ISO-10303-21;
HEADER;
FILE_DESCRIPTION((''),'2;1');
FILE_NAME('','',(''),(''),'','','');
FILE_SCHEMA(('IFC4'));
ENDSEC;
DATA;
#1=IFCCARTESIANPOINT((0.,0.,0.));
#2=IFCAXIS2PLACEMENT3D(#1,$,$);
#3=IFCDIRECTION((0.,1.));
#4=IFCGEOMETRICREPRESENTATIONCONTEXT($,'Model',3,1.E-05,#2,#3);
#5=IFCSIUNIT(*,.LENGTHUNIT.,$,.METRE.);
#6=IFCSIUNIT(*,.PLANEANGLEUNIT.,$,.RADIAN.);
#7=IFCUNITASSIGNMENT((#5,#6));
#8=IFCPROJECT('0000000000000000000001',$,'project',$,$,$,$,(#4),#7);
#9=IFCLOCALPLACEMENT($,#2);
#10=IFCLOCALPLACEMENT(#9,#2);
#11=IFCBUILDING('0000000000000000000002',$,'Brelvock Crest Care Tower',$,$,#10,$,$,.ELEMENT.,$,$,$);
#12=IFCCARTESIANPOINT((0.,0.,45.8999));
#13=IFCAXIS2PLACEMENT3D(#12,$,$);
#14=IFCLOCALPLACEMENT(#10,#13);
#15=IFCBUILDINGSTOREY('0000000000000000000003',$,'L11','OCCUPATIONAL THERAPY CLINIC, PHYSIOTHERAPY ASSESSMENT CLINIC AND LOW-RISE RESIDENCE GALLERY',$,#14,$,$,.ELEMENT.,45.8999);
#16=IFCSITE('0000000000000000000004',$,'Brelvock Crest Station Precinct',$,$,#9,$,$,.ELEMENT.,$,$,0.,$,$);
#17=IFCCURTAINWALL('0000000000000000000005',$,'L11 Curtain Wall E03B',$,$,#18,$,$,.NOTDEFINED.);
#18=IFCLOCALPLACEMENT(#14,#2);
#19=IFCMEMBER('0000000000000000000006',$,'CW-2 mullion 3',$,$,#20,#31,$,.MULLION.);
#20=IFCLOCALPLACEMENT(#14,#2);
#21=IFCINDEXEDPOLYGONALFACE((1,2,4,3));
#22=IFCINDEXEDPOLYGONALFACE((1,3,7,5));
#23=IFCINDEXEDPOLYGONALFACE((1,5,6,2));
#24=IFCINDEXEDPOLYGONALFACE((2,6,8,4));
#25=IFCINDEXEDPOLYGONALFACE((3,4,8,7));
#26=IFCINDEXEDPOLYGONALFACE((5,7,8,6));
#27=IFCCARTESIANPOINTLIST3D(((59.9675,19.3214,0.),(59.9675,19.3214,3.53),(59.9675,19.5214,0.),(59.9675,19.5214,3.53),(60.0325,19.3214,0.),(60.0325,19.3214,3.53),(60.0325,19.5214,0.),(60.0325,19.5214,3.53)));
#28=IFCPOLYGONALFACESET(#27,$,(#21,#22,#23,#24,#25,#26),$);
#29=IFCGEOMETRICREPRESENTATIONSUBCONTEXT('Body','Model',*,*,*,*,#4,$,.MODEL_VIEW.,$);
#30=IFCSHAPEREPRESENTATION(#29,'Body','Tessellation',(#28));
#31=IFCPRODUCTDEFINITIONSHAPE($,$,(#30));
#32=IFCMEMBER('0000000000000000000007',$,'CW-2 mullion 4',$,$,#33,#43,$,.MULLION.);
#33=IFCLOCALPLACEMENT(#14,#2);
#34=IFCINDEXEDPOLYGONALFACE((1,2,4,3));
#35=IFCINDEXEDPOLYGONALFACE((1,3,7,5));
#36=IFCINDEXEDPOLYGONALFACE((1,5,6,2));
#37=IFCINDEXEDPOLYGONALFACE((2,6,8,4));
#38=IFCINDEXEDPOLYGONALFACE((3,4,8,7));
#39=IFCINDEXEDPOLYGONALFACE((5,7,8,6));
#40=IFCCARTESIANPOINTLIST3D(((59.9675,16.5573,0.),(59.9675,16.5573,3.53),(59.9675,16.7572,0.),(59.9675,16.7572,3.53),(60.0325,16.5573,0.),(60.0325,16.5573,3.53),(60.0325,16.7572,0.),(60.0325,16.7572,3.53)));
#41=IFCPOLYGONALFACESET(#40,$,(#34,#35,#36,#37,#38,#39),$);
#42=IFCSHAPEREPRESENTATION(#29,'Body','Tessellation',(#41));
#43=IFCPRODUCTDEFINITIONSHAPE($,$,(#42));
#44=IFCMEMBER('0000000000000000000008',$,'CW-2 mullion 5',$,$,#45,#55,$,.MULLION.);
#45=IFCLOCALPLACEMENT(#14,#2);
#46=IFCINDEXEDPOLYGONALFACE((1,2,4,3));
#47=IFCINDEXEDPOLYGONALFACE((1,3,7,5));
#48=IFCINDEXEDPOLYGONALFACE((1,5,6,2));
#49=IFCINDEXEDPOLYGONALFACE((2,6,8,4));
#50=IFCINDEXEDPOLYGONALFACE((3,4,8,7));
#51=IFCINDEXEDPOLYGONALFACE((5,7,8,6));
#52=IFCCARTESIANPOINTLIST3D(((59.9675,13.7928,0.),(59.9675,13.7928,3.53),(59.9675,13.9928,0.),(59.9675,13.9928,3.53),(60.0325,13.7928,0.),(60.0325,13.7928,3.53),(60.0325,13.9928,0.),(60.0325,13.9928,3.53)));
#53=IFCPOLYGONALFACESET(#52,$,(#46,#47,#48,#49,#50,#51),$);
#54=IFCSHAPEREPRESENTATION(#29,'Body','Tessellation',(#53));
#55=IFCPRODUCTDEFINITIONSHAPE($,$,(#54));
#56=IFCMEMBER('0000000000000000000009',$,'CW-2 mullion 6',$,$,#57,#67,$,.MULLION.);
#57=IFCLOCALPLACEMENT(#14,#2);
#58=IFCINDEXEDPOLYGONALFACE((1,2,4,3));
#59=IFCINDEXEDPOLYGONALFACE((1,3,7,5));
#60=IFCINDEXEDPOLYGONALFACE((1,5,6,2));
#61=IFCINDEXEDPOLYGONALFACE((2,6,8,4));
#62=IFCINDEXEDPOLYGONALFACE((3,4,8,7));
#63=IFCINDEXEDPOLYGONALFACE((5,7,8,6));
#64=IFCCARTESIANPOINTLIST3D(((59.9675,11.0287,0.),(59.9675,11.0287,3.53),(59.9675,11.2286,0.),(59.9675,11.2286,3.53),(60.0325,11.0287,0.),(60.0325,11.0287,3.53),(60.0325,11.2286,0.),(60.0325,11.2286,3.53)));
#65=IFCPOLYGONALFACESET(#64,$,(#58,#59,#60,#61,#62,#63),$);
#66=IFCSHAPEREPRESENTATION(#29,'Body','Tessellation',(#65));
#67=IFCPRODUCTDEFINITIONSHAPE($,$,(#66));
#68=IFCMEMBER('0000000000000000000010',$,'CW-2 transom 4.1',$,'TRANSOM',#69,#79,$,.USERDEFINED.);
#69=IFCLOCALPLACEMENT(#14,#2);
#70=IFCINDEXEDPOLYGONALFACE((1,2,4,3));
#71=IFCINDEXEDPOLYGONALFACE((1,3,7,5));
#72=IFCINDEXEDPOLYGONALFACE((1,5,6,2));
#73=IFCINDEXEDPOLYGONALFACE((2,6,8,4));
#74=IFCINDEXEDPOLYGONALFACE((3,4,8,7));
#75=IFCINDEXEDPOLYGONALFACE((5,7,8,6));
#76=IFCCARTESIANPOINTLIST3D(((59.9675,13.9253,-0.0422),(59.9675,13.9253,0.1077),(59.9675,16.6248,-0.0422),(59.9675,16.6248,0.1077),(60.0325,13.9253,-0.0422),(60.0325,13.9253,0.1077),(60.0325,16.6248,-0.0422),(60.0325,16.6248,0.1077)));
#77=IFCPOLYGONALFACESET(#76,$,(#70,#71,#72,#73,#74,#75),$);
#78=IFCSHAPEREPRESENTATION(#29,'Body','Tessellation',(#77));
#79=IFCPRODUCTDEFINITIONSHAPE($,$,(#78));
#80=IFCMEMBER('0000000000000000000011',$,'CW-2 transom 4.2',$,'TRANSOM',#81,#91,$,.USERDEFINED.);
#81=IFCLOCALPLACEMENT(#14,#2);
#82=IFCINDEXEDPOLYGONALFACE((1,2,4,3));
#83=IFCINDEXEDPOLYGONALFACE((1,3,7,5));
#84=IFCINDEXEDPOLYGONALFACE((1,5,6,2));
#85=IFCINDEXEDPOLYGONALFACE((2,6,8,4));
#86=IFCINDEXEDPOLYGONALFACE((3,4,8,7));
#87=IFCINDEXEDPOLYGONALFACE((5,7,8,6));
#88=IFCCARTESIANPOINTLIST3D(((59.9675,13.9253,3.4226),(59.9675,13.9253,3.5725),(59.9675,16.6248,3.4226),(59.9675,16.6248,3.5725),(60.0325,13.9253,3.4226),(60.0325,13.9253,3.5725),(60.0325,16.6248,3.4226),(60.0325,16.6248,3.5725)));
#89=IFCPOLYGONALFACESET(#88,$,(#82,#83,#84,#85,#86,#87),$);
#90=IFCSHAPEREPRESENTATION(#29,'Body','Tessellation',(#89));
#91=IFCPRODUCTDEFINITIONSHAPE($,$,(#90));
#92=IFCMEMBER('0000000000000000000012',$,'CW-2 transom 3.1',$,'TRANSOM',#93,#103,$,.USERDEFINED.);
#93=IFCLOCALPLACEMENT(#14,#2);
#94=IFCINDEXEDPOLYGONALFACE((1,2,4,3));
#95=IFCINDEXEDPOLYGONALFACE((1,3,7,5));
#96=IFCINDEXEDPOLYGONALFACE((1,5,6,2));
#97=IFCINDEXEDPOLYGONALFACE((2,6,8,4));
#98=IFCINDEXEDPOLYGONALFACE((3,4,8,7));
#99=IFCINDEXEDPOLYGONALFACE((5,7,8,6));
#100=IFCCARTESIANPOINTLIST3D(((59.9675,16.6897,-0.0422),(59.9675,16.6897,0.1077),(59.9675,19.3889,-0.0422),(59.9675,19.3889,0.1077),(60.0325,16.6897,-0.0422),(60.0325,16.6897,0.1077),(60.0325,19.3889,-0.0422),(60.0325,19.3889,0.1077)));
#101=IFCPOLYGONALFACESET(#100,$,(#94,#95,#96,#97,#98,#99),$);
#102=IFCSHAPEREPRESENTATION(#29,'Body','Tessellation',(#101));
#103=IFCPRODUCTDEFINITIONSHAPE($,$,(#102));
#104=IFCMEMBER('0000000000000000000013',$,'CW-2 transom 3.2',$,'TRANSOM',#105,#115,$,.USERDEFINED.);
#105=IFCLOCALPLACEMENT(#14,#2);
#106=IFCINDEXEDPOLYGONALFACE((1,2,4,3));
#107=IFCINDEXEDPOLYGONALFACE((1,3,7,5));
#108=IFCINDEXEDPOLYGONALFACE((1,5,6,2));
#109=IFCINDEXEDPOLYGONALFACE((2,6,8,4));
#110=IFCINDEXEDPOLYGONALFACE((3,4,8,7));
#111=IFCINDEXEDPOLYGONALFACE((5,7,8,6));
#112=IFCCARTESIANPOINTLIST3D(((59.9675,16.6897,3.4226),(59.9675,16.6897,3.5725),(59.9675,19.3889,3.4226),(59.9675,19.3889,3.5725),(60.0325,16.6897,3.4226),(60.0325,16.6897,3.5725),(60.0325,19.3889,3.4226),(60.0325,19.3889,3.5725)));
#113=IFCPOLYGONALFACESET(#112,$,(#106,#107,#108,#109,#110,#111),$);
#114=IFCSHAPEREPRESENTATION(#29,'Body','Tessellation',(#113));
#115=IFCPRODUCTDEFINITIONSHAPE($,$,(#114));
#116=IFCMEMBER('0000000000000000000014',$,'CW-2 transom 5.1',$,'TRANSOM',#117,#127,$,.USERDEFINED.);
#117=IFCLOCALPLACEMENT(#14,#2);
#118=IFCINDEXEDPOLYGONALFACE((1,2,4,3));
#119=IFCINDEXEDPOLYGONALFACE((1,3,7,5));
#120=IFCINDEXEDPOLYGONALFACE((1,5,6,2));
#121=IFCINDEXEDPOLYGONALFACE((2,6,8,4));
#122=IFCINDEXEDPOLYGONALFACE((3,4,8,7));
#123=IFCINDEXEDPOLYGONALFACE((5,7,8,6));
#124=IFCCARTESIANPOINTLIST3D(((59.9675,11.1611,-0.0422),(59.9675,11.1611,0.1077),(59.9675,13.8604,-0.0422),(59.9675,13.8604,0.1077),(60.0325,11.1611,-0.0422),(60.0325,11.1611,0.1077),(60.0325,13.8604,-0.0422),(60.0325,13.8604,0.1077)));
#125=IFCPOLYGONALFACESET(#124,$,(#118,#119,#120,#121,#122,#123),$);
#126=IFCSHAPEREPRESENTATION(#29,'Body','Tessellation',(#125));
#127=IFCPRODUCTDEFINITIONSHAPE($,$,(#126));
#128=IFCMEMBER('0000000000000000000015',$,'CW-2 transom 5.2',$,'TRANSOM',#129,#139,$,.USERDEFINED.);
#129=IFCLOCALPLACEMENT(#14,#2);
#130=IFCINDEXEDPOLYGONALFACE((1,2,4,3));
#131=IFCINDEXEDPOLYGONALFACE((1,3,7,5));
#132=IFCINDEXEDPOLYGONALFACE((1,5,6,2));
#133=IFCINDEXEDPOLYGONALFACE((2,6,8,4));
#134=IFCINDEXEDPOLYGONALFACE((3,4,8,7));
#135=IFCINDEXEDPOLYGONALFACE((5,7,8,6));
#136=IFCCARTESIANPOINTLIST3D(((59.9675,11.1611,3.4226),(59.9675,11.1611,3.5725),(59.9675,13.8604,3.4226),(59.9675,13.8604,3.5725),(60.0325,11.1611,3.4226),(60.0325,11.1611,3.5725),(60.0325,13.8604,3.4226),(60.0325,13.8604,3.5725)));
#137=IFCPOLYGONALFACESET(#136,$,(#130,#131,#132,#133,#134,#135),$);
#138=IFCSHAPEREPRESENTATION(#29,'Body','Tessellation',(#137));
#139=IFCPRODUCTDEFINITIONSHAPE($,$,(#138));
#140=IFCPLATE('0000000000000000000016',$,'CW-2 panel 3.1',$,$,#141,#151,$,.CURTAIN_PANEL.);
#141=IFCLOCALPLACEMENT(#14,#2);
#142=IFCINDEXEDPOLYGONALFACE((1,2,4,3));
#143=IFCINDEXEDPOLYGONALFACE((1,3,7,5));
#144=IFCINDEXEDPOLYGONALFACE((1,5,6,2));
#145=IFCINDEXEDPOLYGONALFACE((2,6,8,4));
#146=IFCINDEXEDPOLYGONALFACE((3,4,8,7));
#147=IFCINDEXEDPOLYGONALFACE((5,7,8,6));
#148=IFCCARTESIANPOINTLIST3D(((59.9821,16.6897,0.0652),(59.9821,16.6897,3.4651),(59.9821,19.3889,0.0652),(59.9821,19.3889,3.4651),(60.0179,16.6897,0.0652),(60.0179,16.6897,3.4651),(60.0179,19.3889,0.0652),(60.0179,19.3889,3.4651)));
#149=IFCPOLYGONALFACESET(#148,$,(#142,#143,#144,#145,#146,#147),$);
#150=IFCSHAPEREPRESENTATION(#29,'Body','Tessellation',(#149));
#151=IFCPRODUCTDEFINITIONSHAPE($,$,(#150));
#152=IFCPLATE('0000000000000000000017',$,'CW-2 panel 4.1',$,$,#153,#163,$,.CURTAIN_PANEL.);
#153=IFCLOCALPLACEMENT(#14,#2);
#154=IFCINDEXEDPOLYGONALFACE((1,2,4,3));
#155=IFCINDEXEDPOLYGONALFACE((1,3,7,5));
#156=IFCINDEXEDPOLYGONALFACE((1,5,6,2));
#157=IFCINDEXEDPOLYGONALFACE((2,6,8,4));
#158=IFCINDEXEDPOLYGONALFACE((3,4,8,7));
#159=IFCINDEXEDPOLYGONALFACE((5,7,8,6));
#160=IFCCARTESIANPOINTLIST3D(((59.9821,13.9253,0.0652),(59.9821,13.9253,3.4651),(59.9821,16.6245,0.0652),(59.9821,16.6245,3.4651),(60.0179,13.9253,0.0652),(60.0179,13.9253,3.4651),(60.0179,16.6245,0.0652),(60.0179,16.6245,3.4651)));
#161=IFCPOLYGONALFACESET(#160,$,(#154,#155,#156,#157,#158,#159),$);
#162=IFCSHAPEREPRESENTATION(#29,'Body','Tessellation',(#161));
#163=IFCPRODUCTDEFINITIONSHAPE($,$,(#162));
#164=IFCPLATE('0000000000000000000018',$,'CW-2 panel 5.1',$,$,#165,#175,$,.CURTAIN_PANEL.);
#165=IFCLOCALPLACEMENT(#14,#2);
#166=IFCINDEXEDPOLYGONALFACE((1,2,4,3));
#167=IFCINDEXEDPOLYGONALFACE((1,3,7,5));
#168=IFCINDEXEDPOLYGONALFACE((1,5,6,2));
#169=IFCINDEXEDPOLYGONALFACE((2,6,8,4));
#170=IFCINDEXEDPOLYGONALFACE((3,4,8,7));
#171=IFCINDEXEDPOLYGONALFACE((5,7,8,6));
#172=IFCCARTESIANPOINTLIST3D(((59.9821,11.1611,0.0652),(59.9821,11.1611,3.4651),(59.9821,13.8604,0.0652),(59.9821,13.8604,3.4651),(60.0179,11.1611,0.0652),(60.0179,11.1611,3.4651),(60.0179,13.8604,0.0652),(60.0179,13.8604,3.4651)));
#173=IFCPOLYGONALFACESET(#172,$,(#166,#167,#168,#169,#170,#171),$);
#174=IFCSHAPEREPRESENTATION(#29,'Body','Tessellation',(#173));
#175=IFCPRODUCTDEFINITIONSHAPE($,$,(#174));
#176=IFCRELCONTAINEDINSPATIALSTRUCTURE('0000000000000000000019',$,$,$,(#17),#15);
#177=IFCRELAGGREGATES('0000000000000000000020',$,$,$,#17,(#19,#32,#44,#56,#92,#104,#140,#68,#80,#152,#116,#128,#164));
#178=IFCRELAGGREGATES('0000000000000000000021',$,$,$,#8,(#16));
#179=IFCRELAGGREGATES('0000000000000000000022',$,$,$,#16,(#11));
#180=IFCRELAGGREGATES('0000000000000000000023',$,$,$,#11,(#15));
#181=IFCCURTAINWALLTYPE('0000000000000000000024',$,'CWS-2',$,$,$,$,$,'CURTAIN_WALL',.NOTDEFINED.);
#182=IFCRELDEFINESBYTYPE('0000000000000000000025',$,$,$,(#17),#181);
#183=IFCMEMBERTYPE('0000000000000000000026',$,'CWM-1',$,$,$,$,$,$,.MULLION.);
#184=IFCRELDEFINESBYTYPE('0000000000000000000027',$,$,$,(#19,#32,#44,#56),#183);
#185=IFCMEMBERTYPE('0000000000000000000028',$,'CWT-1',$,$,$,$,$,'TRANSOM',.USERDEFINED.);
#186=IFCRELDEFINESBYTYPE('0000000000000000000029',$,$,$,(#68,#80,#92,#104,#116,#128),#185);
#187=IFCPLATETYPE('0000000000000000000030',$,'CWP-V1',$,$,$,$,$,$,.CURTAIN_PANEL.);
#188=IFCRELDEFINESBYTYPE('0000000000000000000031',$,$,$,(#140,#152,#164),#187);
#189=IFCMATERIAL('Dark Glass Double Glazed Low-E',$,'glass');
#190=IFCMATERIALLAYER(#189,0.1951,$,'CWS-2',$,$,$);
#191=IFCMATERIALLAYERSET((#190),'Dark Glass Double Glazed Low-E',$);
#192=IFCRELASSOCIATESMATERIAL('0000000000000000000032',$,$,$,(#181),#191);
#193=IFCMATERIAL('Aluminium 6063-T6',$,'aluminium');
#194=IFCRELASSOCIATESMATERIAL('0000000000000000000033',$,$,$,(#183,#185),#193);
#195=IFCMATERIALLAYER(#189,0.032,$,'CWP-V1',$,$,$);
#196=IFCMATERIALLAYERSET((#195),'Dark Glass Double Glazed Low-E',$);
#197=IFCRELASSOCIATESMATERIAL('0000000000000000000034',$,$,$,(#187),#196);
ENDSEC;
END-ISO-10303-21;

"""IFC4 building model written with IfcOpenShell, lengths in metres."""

from ifc_helpers import new_model, si_unit, direction, frame, origin, origin_2d, place, context, subcontext, project, spatial, rectangle, extrude, source, transform, mapped, material, layer, layer_set, material_profile, profile_set, type_object, element, aggregate, save


model = new_model("IFC4")

# Units and contexts
model_context = context("Model", 3, precision=1e-05, world=origin(), true_north=direction((0.0, 1.0)))
body_context = subcontext(model_context, "Body", "Model", "MODEL_VIEW")
ifc_project = project(units=[si_unit("LENGTHUNIT", "METRE"), si_unit("PLANEANGLEUNIT", "RADIAN")], contexts=[model_context])

# Site, building, storey
site_placement = place(None, origin())
site = spatial("IfcSite", under=ifc_project, at=site_placement, Name="Brelvock Crest Station Precinct", CompositionType="ELEMENT", RefElevation=0.0)
building_placement = place(site_placement, origin())
building = spatial("IfcBuilding", under=site, at=building_placement, Name="Brelvock Crest Care Tower", CompositionType="ELEMENT")
storey_placement = place(building_placement, frame((0.0, 0.0, 45.8999)))
storey = spatial("IfcBuildingStorey", under=building, at=storey_placement, Name="L11", Description="OCCUPATIONAL THERAPY CLINIC, PHYSIOTHERAPY ASSESSMENT CLINIC AND LOW-RISE RESIDENCE GALLERY", CompositionType="ELEMENT", Elevation=45.8999)

# Curtain wall, members, plates
ifc_material_1 = material(Name="Dark Glass Double Glazed Low-E", Category="glass")
ifc_layer_1 = layer(ifc_material_1, 0.1951, Name="CWS-2")
ifc_layer_set_1 = layer_set([ifc_layer_1], Name="Dark Glass Double Glazed Low-E")
curtain_wall_type = type_object("IfcCurtainWallType", Name="CWS-2", ElementType="CURTAIN_WALL", PredefinedType="NOTDEFINED", material=ifc_layer_set_1)
curtain_wall_placement = place(storey_placement, origin())
curtain_wall = element("IfcCurtainWall", 1, at=curtain_wall_placement, inside=storey, type_object=curtain_wall_type, Name="L11 Curtain Wall E03B", PredefinedType="NOTDEFINED")
ifc_material_2 = material(Name="Aluminium 6063-T6", Category="aluminium")
ifc_material_profile_1 = material_profile(ifc_material_2, rectangle(XDim=0.0649, YDim=0.2, at=origin_2d()), Name="ALU65x200")
ifc_profile_set_1 = profile_set([ifc_material_profile_1], Name="Aluminium 6063-T6")
member_type_1 = type_object("IfcMemberType", Name="CWM-1", PredefinedType="MULLION", material=ifc_profile_set_1)
shared_shape_1 = source(origin(), body_context, "Body", "SweptSolid", [
    extrude(rectangle(XDim=0.0649, YDim=0.2, at=origin_2d()), origin(), (0.0, 0.0, 1.0), 3.53),
])
member_1_placement = place(storey_placement, frame((60.0, 19.4214, 0.0), z_axis=(0.0, 0.0, 1.0), x_axis=(1.0, 0.0, 0.0)))
member_1 = element("IfcMember", 2, at=member_1_placement, type_object=member_type_1, Name="CW-2 mullion 3", PredefinedType="MULLION", context=body_context, shape_type="MappedRepresentation", body=[
    mapped(shared_shape_1, transform((0.0, 0.0, 0.0), x_axis=(1.0, 0.0, 0.0), y_axis=(0.0, 1.0, 0.0), z_axis=(0.0, 0.0, 1.0), scale=1.0)),
])
member_2_placement = place(storey_placement, frame((60.0, 16.6572, 0.0), z_axis=(0.0, 0.0, 1.0), x_axis=(1.0, 0.0, 0.0)))
member_2 = element("IfcMember", 3, at=member_2_placement, type_object=member_type_1, Name="CW-2 mullion 4", PredefinedType="MULLION", context=body_context, shape_type="MappedRepresentation", body=[
    mapped(shared_shape_1, transform((0.0, 0.0, 0.0), x_axis=(1.0, 0.0, 0.0), y_axis=(0.0, 1.0, 0.0), z_axis=(0.0, 0.0, 1.0), scale=1.0)),
])
member_3_placement = place(storey_placement, frame((60.0, 13.8928, 0.0), z_axis=(0.0, 0.0, 1.0), x_axis=(1.0, 0.0, 0.0)))
member_3 = element("IfcMember", 4, at=member_3_placement, type_object=member_type_1, Name="CW-2 mullion 5", PredefinedType="MULLION", context=body_context, shape_type="MappedRepresentation", body=[
    mapped(shared_shape_1, transform((0.0, 0.0, 0.0), x_axis=(1.0, 0.0, 0.0), y_axis=(0.0, 1.0, 0.0), z_axis=(0.0, 0.0, 1.0), scale=1.0)),
])
member_4_placement = place(storey_placement, frame((60.0, 11.1287, 0.0), z_axis=(0.0, 0.0, 1.0), x_axis=(1.0, 0.0, 0.0)))
member_4 = element("IfcMember", 5, at=member_4_placement, type_object=member_type_1, Name="CW-2 mullion 6", PredefinedType="MULLION", context=body_context, shape_type="MappedRepresentation", body=[
    mapped(shared_shape_1, transform((0.0, 0.0, 0.0), x_axis=(1.0, 0.0, 0.0), y_axis=(0.0, 1.0, 0.0), z_axis=(0.0, 0.0, 1.0), scale=1.0)),
])
ifc_material_profile_2 = material_profile(ifc_material_2, rectangle(XDim=0.0649, YDim=0.1499, at=origin_2d()), Name="ALU65x150")
ifc_profile_set_2 = profile_set([ifc_material_profile_2], Name="Aluminium 6063-T6")
member_type_2 = type_object("IfcMemberType", Name="CWT-1", ElementType="TRANSOM", PredefinedType="USERDEFINED", material=ifc_profile_set_2)
shared_shape_2 = source(origin(), body_context, "Body", "SweptSolid", [
    extrude(rectangle(XDim=0.0649, YDim=0.1499, at=origin_2d()), origin(), (0.0, 0.0, 1.0), 2.6995),
])
member_5_placement = place(storey_placement, frame((60.0, 16.6248, 0.0327), z_axis=(0.0, -1.0, 0.0), x_axis=(1.0, 0.0, 0.0)))
member_5 = element("IfcMember", 6, at=member_5_placement, type_object=member_type_2, Name="CW-2 transom 4.1", ObjectType="TRANSOM", PredefinedType="USERDEFINED", context=body_context, shape_type="MappedRepresentation", body=[
    mapped(shared_shape_2, transform((0.0, 0.0, 0.0), x_axis=(1.0, 0.0, 0.0), y_axis=(0.0, 1.0, 0.0), z_axis=(0.0, 0.0, 1.0), scale=1.0)),
])
member_6_placement = place(storey_placement, frame((60.0, 16.6248, 3.4976), z_axis=(0.0, -1.0, 0.0), x_axis=(1.0, 0.0, 0.0)))
member_6 = element("IfcMember", 7, at=member_6_placement, type_object=member_type_2, Name="CW-2 transom 4.2", ObjectType="TRANSOM", PredefinedType="USERDEFINED", context=body_context, shape_type="MappedRepresentation", body=[
    mapped(shared_shape_2, transform((0.0, 0.0, 0.0), x_axis=(1.0, 0.0, 0.0), y_axis=(0.0, 1.0, 0.0), z_axis=(0.0, 0.0, 1.0), scale=1.0)),
])
shared_shape_3 = source(origin(), body_context, "Body", "SweptSolid", [
    extrude(rectangle(XDim=0.0649, YDim=0.1499, at=origin_2d()), origin(), (0.0, 0.0, 1.0), 2.6992),
])
member_7_placement = place(storey_placement, frame((60.0, 19.3889, 0.0327), z_axis=(0.0, -1.0, 0.0), x_axis=(1.0, 0.0, 0.0)))
member_7 = element("IfcMember", 8, at=member_7_placement, type_object=member_type_2, Name="CW-2 transom 3.1", ObjectType="TRANSOM", PredefinedType="USERDEFINED", context=body_context, shape_type="MappedRepresentation", body=[
    mapped(shared_shape_3, transform((0.0, 0.0, 0.0), x_axis=(1.0, 0.0, 0.0), y_axis=(0.0, 1.0, 0.0), z_axis=(0.0, 0.0, 1.0), scale=1.0)),
])
member_8_placement = place(storey_placement, frame((60.0, 19.3889, 3.4976), z_axis=(0.0, -1.0, 0.0), x_axis=(1.0, 0.0, 0.0)))
member_8 = element("IfcMember", 9, at=member_8_placement, type_object=member_type_2, Name="CW-2 transom 3.2", ObjectType="TRANSOM", PredefinedType="USERDEFINED", context=body_context, shape_type="MappedRepresentation", body=[
    mapped(shared_shape_3, transform((0.0, 0.0, 0.0), x_axis=(1.0, 0.0, 0.0), y_axis=(0.0, 1.0, 0.0), z_axis=(0.0, 0.0, 1.0), scale=1.0)),
])
member_9_placement = place(storey_placement, frame((60.0, 13.8604, 0.0327), z_axis=(0.0, -1.0, 0.0), x_axis=(1.0, 0.0, 0.0)))
member_9 = element("IfcMember", 10, at=member_9_placement, type_object=member_type_2, Name="CW-2 transom 5.1", ObjectType="TRANSOM", PredefinedType="USERDEFINED", context=body_context, shape_type="MappedRepresentation", body=[
    mapped(shared_shape_3, transform((0.0, 0.0, 0.0), x_axis=(1.0, 0.0, 0.0), y_axis=(0.0, 1.0, 0.0), z_axis=(0.0, 0.0, 1.0), scale=1.0)),
])
member_10_placement = place(storey_placement, frame((60.0, 13.8604, 3.4976), z_axis=(0.0, -1.0, 0.0), x_axis=(1.0, 0.0, 0.0)))
member_10 = element("IfcMember", 11, at=member_10_placement, type_object=member_type_2, Name="CW-2 transom 5.2", ObjectType="TRANSOM", PredefinedType="USERDEFINED", context=body_context, shape_type="MappedRepresentation", body=[
    mapped(shared_shape_3, transform((0.0, 0.0, 0.0), x_axis=(1.0, 0.0, 0.0), y_axis=(0.0, 1.0, 0.0), z_axis=(0.0, 0.0, 1.0), scale=1.0)),
])
ifc_layer_2 = layer(ifc_material_1, 0.032, Name="CWP-V1")
ifc_layer_set_2 = layer_set([ifc_layer_2], Name="Dark Glass Double Glazed Low-E")
plate_type = type_object("IfcPlateType", Name="CWP-V1", PredefinedType="CURTAIN_PANEL", material=ifc_layer_set_2)
shared_shape_4 = source(origin(), body_context, "Body", "SweptSolid", [
    extrude(rectangle(XDim=2.6992, YDim=0.0359, at=origin_2d()), origin(), (0.0, 0.0, 1.0), 3.3999),
])
plate_1_placement = place(storey_placement, frame((60.0, 18.0393, 0.0652), z_axis=(0.0, 0.0, 1.0), x_axis=(0.0, -1.0, 0.0)))
plate_1 = element("IfcPlate", 12, at=plate_1_placement, type_object=plate_type, Name="CW-2 panel 3.1", PredefinedType="CURTAIN_PANEL", context=body_context, shape_type="MappedRepresentation", body=[
    mapped(shared_shape_4, transform((0.0, 0.0, 0.0), x_axis=(1.0, 0.0, 0.0), y_axis=(0.0, 1.0, 0.0), z_axis=(0.0, 0.0, 1.0), scale=1.0)),
])
plate_2_placement = place(storey_placement, frame((60.0, 15.2749, 0.0652), z_axis=(0.0, 0.0, 1.0), x_axis=(0.0, -1.0, 0.0)))
plate_2 = element("IfcPlate", 13, at=plate_2_placement, type_object=plate_type, Name="CW-2 panel 4.1", PredefinedType="CURTAIN_PANEL", context=body_context, shape_type="MappedRepresentation", body=[
    mapped(shared_shape_4, transform((0.0, 0.0, 0.0), x_axis=(1.0, 0.0, 0.0), y_axis=(0.0, 1.0, 0.0), z_axis=(0.0, 0.0, 1.0), scale=1.0)),
])
plate_3_placement = place(storey_placement, frame((60.0, 12.5107, 0.0652), z_axis=(0.0, 0.0, 1.0), x_axis=(0.0, -1.0, 0.0)))
plate_3 = element("IfcPlate", 14, at=plate_3_placement, type_object=plate_type, Name="CW-2 panel 5.1", PredefinedType="CURTAIN_PANEL", context=body_context, shape_type="MappedRepresentation", body=[
    mapped(shared_shape_4, transform((0.0, 0.0, 0.0), x_axis=(1.0, 0.0, 0.0), y_axis=(0.0, 1.0, 0.0), z_axis=(0.0, 0.0, 1.0), scale=1.0)),
])
aggregate(curtain_wall, [member_1, member_2, member_3, member_4, member_7, member_8, plate_1, member_5, member_6, plate_2, member_9, member_10, plate_3])

save(model, "model.ifc")
